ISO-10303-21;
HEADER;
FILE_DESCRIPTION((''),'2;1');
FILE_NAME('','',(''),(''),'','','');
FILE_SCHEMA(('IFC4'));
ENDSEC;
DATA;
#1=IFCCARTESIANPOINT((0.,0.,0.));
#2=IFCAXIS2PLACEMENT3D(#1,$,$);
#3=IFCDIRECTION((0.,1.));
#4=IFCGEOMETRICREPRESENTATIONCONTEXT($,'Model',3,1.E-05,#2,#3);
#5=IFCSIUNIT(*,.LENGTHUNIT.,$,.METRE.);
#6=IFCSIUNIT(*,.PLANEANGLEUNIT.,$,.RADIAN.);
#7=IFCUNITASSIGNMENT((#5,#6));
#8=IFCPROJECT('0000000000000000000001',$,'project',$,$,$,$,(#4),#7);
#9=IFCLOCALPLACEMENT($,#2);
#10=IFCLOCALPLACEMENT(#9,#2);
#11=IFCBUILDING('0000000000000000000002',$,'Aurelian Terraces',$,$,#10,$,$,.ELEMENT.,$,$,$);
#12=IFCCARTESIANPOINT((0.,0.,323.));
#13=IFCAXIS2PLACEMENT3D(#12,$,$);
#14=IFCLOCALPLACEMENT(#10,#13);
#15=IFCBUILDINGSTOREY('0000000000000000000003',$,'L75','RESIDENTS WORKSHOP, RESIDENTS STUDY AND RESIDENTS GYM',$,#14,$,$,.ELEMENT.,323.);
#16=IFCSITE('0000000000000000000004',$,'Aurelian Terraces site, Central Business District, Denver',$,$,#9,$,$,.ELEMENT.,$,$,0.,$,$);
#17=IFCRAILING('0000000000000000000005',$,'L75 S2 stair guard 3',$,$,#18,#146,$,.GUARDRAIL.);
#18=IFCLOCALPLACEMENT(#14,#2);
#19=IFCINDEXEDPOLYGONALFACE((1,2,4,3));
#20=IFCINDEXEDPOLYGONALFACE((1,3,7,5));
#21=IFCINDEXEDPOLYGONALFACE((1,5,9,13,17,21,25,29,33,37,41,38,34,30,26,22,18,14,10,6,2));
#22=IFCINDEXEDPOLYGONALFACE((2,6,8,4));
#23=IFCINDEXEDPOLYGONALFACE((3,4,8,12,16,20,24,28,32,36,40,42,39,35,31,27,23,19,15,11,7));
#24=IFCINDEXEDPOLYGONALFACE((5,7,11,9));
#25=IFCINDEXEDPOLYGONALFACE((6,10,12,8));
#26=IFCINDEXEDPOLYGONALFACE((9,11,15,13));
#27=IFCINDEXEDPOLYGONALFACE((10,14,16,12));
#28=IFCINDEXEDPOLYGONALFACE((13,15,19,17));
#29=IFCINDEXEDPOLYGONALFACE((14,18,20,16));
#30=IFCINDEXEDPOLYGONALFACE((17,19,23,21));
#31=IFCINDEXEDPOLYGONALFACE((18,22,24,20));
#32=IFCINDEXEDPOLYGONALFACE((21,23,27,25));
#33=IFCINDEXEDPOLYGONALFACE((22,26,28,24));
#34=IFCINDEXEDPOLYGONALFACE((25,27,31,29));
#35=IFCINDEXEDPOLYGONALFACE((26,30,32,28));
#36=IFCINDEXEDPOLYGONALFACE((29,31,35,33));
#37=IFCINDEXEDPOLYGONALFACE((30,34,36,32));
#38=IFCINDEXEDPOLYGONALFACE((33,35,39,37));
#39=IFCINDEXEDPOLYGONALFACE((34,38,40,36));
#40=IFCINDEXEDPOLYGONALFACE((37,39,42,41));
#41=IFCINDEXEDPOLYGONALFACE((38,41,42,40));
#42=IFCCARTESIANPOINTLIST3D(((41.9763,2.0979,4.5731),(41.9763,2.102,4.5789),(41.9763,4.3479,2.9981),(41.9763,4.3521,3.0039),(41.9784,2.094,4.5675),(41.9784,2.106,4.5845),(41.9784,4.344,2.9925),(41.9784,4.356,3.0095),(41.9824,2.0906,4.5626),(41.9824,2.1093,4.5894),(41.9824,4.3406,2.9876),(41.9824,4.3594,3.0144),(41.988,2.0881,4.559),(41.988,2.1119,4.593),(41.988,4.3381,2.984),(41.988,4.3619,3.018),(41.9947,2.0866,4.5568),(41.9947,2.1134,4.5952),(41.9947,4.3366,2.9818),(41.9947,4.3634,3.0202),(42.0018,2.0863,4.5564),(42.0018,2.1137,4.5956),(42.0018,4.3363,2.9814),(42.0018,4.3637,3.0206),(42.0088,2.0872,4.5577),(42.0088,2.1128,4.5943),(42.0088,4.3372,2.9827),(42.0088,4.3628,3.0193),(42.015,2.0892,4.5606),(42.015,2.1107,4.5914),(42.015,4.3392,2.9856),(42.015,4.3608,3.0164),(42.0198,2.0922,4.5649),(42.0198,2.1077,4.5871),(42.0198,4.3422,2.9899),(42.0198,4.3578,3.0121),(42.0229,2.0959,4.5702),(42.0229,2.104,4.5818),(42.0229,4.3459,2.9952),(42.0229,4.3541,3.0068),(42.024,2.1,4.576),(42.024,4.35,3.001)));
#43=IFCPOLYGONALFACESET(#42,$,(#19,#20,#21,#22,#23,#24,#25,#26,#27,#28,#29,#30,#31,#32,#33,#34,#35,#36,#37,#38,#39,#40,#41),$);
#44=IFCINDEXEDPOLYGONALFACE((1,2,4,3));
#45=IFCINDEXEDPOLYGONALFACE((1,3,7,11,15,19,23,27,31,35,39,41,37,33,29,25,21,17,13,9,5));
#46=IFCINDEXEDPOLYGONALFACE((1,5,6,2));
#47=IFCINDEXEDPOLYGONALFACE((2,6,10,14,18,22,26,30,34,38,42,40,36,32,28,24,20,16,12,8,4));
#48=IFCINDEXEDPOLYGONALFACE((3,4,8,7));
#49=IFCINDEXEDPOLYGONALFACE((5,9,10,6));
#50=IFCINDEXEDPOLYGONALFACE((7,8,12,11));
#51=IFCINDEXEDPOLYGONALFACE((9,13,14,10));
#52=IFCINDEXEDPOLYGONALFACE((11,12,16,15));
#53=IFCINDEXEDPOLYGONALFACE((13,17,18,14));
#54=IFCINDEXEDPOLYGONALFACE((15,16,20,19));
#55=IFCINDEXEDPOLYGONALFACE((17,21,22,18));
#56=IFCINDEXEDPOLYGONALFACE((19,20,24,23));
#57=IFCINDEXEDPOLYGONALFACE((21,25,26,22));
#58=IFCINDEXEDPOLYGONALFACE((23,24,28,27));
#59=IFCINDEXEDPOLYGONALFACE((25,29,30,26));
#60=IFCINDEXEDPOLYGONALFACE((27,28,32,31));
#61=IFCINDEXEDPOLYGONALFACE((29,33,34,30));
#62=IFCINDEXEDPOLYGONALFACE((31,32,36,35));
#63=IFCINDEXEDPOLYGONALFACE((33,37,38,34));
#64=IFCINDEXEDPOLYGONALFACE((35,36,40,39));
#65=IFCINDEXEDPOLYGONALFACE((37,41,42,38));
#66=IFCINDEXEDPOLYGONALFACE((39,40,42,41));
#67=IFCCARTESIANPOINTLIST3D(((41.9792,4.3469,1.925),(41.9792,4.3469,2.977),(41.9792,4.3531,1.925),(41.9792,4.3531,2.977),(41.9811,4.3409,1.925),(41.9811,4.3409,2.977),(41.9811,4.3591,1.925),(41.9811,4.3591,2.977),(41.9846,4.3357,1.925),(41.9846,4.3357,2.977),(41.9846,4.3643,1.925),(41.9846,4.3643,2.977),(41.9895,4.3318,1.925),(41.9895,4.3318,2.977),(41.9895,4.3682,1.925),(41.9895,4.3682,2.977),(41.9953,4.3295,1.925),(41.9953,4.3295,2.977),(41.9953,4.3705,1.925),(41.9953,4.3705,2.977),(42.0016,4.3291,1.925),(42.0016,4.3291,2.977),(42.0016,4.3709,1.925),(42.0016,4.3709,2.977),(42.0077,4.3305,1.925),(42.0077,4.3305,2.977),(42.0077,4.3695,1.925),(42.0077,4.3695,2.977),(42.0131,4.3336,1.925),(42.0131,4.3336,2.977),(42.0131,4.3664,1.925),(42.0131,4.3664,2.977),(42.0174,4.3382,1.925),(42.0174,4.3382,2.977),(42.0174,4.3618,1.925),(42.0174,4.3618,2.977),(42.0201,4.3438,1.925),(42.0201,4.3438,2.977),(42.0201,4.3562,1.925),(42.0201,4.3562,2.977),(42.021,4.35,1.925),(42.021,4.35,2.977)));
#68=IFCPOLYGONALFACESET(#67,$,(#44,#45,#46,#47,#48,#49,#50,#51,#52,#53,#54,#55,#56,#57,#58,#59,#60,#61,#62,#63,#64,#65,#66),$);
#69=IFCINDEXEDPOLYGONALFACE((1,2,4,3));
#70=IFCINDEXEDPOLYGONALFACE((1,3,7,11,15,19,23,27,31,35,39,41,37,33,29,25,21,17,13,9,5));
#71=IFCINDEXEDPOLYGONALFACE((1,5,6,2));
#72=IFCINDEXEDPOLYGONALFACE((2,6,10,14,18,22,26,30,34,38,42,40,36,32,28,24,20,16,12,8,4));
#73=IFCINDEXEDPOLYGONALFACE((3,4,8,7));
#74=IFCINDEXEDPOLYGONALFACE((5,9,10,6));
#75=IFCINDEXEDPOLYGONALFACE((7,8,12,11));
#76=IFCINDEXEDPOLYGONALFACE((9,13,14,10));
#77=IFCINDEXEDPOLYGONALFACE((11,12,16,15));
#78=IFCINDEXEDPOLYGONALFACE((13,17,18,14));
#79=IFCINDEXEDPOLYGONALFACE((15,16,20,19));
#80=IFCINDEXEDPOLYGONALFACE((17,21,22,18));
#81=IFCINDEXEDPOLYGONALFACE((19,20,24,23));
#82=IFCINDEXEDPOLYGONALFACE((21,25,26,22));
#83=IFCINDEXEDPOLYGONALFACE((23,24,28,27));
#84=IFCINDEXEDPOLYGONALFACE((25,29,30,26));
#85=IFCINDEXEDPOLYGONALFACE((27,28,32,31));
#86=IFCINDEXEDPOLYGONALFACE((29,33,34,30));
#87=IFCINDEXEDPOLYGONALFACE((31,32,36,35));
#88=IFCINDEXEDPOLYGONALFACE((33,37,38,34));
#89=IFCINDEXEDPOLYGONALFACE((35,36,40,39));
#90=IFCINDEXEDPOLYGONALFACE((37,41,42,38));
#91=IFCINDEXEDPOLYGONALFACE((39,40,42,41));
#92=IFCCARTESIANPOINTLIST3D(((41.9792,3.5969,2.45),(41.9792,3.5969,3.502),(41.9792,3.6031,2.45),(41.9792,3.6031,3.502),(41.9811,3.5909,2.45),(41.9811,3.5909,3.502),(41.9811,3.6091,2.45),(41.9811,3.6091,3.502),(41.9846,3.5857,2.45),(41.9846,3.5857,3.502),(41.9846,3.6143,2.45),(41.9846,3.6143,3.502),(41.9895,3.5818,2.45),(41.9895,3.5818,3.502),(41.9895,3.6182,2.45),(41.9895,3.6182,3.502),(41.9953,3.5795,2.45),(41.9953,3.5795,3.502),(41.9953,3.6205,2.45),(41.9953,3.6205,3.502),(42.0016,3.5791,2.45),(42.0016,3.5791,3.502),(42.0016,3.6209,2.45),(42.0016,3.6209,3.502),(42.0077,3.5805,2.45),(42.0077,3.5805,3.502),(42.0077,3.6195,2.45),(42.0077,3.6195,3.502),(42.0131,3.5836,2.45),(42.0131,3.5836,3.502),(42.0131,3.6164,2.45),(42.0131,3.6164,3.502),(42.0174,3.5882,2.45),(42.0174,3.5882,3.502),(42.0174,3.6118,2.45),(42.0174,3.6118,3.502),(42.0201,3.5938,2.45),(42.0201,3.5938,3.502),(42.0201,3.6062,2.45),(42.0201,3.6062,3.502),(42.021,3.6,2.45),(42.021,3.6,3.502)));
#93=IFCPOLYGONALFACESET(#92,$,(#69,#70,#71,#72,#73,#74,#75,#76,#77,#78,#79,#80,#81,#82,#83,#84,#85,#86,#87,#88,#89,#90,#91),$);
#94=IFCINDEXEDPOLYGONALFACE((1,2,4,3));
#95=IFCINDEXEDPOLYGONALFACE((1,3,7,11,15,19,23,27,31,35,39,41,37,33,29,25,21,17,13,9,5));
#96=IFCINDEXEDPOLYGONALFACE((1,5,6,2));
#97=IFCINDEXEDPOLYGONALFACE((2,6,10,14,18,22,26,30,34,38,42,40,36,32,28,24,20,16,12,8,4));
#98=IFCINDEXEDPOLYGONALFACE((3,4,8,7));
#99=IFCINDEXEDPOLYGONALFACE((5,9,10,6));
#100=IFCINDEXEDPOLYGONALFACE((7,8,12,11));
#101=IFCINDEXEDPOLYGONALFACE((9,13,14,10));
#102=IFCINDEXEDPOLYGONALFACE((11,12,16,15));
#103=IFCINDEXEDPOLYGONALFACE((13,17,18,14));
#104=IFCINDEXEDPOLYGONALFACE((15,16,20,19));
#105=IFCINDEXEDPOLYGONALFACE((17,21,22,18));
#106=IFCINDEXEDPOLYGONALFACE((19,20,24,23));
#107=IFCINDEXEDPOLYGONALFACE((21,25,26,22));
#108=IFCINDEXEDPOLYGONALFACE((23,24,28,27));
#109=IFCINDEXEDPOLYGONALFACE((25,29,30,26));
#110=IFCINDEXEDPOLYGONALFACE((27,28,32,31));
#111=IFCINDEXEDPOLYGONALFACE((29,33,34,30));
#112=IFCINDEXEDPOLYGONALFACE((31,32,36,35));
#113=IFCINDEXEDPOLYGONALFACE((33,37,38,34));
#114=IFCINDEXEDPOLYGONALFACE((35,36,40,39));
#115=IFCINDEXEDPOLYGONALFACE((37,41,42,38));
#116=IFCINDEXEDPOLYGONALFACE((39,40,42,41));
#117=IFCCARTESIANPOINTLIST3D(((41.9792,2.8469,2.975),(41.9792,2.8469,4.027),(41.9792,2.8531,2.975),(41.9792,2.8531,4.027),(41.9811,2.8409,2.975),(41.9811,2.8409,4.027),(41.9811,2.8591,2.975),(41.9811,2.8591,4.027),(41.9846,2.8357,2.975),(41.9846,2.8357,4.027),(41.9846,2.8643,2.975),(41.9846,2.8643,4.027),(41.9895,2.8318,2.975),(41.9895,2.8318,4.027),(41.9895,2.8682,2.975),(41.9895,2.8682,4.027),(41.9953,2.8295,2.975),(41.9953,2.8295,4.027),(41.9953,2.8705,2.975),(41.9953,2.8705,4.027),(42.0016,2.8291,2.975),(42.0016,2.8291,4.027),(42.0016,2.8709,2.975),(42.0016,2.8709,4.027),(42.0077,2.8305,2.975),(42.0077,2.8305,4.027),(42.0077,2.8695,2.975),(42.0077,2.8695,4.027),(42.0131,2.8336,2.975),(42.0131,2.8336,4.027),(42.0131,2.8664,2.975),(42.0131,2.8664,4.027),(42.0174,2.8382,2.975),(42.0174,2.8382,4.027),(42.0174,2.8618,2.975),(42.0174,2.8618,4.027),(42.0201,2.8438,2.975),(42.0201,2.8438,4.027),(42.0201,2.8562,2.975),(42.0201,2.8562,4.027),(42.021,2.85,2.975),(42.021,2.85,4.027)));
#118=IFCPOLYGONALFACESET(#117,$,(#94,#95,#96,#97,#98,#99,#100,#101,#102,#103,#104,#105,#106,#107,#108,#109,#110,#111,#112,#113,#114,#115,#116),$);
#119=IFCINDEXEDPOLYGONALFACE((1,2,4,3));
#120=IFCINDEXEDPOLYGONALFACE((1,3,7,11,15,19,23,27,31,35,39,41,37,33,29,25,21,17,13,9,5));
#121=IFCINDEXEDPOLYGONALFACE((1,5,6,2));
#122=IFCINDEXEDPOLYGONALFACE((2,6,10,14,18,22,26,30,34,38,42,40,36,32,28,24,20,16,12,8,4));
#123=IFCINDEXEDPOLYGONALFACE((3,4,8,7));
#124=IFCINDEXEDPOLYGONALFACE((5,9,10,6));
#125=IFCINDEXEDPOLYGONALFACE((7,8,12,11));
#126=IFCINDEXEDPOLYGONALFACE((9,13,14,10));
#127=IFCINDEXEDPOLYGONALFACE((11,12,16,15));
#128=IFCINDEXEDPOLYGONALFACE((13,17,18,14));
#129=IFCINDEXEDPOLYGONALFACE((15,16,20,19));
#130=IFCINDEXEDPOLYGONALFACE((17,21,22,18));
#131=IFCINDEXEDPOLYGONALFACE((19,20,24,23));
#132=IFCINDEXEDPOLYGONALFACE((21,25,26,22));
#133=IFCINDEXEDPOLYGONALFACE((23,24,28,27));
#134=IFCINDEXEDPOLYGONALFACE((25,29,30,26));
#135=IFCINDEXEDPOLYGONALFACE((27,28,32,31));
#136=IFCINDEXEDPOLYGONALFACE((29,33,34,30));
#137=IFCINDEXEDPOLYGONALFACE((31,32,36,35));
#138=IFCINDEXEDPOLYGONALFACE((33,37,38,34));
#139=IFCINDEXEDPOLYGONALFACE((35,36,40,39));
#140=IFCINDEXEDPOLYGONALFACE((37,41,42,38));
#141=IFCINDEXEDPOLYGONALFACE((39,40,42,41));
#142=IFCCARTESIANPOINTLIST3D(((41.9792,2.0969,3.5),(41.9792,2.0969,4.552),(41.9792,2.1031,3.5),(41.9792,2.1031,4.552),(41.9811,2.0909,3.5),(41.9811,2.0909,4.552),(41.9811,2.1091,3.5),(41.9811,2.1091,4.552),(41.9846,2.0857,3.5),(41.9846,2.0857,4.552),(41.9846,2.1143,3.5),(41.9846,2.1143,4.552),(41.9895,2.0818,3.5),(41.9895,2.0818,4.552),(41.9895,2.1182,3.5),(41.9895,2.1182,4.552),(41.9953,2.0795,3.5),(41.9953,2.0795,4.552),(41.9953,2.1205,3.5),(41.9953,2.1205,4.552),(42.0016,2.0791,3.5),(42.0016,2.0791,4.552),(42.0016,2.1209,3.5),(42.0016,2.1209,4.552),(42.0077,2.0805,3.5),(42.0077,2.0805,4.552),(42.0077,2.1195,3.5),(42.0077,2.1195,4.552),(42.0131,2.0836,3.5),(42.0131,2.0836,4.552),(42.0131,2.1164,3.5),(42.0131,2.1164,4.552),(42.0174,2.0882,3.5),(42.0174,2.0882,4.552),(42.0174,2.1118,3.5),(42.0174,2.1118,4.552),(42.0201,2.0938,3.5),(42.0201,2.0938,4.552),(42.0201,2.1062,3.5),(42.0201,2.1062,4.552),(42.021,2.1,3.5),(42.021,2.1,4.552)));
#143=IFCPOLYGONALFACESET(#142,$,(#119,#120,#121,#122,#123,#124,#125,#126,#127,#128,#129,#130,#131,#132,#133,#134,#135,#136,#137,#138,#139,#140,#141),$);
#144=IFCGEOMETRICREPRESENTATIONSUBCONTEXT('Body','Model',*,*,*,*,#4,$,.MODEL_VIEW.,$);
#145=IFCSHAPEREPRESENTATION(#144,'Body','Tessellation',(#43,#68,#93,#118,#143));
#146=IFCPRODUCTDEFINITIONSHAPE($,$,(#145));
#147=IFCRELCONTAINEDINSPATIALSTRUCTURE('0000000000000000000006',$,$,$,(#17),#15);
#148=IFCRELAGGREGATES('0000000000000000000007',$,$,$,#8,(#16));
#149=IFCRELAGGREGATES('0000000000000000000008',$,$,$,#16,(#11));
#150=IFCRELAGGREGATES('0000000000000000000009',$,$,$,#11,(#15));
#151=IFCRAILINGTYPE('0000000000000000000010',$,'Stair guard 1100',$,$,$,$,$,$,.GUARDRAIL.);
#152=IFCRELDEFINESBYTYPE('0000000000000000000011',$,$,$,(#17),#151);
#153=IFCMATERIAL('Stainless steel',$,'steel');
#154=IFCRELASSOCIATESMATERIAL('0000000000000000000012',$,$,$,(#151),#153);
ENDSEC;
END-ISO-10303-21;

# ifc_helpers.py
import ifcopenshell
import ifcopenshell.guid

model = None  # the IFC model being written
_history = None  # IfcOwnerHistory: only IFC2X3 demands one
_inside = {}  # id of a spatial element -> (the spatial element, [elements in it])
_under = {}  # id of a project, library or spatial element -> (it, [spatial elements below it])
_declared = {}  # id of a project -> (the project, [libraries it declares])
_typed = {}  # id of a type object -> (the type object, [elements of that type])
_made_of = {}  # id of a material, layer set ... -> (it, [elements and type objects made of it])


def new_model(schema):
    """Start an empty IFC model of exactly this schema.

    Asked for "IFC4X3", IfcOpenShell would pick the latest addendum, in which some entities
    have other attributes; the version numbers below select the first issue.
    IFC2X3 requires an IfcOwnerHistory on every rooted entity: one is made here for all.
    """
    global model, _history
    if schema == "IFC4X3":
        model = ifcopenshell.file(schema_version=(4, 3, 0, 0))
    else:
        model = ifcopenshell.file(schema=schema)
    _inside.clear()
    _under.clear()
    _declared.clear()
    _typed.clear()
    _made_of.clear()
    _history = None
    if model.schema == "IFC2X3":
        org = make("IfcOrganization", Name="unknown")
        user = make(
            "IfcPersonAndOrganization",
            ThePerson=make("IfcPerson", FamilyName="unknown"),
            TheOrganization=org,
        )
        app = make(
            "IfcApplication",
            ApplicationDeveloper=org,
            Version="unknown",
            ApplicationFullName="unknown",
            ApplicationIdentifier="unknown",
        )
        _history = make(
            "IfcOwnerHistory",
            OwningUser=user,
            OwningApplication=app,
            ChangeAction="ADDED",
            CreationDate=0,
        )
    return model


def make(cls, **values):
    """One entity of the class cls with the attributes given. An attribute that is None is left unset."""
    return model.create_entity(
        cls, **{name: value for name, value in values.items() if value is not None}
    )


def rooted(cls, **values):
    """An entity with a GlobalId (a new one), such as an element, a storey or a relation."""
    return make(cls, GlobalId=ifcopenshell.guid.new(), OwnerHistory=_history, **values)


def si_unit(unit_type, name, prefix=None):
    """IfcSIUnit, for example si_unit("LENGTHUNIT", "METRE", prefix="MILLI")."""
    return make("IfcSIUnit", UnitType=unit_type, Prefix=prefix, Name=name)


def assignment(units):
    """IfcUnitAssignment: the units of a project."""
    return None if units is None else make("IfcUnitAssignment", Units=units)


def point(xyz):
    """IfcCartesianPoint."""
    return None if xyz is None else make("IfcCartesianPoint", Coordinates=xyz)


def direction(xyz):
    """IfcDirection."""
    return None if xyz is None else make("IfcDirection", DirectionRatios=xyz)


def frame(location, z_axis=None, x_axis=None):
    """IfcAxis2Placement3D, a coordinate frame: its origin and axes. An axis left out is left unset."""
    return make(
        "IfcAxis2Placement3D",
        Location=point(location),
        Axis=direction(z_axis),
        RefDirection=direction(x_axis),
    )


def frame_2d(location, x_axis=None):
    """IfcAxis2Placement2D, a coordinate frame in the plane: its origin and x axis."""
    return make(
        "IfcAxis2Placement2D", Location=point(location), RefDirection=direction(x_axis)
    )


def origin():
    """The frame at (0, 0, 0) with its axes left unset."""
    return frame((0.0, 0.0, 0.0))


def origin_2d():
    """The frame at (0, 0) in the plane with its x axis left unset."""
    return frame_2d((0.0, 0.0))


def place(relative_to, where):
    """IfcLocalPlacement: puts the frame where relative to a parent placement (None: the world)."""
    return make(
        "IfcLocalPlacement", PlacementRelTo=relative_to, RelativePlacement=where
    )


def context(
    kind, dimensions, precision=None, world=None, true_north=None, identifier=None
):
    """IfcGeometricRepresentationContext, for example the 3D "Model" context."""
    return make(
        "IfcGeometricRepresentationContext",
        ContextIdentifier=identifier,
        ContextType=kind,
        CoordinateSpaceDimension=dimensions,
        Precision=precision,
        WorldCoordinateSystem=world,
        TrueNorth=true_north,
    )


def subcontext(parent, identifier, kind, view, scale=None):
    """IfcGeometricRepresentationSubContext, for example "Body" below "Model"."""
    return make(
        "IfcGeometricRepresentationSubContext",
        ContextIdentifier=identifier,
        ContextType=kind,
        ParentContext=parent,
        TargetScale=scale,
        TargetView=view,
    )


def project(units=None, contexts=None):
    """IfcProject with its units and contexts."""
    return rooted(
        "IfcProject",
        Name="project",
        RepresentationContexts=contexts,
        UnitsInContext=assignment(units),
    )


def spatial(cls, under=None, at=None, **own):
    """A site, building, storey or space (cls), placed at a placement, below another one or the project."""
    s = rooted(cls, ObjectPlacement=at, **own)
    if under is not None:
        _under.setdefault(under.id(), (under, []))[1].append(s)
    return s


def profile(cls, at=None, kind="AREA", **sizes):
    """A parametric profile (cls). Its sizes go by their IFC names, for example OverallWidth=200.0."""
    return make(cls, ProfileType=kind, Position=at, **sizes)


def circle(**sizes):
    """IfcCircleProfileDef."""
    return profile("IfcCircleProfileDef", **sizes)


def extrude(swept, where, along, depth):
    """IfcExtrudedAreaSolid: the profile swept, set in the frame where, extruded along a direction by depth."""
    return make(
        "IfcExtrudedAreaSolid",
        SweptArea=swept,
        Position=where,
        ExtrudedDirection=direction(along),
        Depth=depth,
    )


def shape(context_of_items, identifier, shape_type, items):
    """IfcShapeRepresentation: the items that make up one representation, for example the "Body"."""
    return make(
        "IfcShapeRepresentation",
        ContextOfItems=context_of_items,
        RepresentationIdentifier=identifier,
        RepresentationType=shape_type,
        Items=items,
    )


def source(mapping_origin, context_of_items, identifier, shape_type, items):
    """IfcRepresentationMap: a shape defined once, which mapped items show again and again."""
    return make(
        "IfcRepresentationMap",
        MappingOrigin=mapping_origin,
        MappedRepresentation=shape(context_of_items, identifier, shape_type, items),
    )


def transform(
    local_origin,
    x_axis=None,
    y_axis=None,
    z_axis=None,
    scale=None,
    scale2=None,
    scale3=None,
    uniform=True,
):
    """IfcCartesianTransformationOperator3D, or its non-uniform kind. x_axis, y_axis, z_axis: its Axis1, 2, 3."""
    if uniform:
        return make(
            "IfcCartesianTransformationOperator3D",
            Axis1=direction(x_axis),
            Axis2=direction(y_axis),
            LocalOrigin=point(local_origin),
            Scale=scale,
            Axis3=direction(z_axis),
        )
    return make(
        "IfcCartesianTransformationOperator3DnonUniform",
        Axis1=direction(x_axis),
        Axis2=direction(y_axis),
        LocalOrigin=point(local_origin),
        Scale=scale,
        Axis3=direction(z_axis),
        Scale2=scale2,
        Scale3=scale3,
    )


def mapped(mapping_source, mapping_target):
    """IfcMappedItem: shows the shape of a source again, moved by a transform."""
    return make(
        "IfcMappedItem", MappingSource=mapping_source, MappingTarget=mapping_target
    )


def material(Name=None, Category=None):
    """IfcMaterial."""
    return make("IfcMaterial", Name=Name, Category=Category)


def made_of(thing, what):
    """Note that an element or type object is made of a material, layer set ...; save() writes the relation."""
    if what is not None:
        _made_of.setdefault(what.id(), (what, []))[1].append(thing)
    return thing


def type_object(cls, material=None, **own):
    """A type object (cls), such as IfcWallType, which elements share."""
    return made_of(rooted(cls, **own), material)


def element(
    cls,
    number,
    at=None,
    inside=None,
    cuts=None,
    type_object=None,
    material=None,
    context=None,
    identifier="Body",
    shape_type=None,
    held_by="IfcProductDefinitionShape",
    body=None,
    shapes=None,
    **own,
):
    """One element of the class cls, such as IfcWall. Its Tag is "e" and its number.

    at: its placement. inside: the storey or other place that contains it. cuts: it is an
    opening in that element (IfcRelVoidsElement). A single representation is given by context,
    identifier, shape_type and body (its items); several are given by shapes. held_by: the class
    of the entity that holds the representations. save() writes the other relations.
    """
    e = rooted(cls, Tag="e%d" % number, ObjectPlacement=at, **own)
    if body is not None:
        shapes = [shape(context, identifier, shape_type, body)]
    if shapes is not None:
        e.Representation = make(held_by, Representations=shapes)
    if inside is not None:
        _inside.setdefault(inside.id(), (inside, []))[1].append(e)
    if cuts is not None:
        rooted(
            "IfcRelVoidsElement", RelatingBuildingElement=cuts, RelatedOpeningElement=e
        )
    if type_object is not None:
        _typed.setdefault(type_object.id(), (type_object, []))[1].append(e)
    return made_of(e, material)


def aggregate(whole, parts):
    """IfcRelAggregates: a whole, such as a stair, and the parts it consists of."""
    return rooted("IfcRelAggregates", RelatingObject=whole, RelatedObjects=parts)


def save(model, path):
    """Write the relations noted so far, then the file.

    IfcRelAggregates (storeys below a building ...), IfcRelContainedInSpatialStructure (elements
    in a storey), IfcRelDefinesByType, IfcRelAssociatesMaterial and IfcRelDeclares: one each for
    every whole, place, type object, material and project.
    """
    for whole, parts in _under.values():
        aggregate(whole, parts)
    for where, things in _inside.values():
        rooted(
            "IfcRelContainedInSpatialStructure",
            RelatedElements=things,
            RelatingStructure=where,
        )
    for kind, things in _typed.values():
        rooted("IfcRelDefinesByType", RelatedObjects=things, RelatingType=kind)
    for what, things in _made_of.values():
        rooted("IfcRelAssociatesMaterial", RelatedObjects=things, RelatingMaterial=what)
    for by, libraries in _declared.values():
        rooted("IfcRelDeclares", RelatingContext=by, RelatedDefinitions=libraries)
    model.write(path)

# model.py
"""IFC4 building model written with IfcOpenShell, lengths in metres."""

from ifc_helpers import new_model, si_unit, direction, frame, origin, origin_2d, place, context, subcontext, project, spatial, circle, extrude, source, transform, mapped, material, type_object, element, save


model = new_model("IFC4")

# Units and contexts
model_context = context("Model", 3, precision=1e-05, world=origin(), true_north=direction((0.0, 1.0)))
body_context = subcontext(model_context, "Body", "Model", "MODEL_VIEW")
ifc_project = project(units=[si_unit("LENGTHUNIT", "METRE"), si_unit("PLANEANGLEUNIT", "RADIAN")], contexts=[model_context])

# Site, building, storey
site_placement = place(None, origin())
site = spatial("IfcSite", under=ifc_project, at=site_placement, Name="Aurelian Terraces site, Central Business District, Denver", CompositionType="ELEMENT", RefElevation=0.0)
building_placement = place(site_placement, origin())
building = spatial("IfcBuilding", under=site, at=building_placement, Name="Aurelian Terraces", CompositionType="ELEMENT")
storey_placement = place(building_placement, frame((0.0, 0.0, 323.0)))
storey = spatial("IfcBuildingStorey", under=building, at=storey_placement, Name="L75", Description="RESIDENTS WORKSHOP, RESIDENTS STUDY AND RESIDENTS GYM", CompositionType="ELEMENT", Elevation=323.0)

# Railing
ifc_material_1 = material(Name="Stainless steel", Category="steel")
railing_type_1 = type_object("IfcRailingType", Name="Stair guard 1100", PredefinedType="GUARDRAIL", material=ifc_material_1)
shared_shape_1 = source(origin(), body_context, "Body", "SweptSolid", [
    extrude(circle(Radius=0.024, at=origin_2d()), frame((0.0, 0.0, 1.076), z_axis=(0.0, -0.819232, 0.573462), x_axis=(1.0, 0.0, 0.0)), (0.0, 0.0, 1.0), 2.7465),
    extrude(circle(Radius=0.021, at=origin_2d()), origin(), (0.0, 0.0, 1.0), 1.052),
    extrude(circle(Radius=0.021, at=origin_2d()), frame((0.0, -0.75, 0.525)), (0.0, 0.0, 1.0), 1.052),
    extrude(circle(Radius=0.021, at=origin_2d()), frame((0.0, -1.5, 1.05)), (0.0, 0.0, 1.0), 1.052),
    extrude(circle(Radius=0.021, at=origin_2d()), frame((0.0, -2.25, 1.575)), (0.0, 0.0, 1.0), 1.052),
])
railing_1_placement = place(storey_placement, frame((42.0, 4.35, 1.925)))
element("IfcRailing", 1, at=railing_1_placement, inside=storey, type_object=railing_type_1, Name="L75 S2 stair guard 3", PredefinedType="GUARDRAIL", context=body_context, shape_type="MappedRepresentation", body=[
    mapped(shared_shape_1, transform((0.0, 0.0, 0.0), scale=1.0)),
])

save(model, "model.ifc")
